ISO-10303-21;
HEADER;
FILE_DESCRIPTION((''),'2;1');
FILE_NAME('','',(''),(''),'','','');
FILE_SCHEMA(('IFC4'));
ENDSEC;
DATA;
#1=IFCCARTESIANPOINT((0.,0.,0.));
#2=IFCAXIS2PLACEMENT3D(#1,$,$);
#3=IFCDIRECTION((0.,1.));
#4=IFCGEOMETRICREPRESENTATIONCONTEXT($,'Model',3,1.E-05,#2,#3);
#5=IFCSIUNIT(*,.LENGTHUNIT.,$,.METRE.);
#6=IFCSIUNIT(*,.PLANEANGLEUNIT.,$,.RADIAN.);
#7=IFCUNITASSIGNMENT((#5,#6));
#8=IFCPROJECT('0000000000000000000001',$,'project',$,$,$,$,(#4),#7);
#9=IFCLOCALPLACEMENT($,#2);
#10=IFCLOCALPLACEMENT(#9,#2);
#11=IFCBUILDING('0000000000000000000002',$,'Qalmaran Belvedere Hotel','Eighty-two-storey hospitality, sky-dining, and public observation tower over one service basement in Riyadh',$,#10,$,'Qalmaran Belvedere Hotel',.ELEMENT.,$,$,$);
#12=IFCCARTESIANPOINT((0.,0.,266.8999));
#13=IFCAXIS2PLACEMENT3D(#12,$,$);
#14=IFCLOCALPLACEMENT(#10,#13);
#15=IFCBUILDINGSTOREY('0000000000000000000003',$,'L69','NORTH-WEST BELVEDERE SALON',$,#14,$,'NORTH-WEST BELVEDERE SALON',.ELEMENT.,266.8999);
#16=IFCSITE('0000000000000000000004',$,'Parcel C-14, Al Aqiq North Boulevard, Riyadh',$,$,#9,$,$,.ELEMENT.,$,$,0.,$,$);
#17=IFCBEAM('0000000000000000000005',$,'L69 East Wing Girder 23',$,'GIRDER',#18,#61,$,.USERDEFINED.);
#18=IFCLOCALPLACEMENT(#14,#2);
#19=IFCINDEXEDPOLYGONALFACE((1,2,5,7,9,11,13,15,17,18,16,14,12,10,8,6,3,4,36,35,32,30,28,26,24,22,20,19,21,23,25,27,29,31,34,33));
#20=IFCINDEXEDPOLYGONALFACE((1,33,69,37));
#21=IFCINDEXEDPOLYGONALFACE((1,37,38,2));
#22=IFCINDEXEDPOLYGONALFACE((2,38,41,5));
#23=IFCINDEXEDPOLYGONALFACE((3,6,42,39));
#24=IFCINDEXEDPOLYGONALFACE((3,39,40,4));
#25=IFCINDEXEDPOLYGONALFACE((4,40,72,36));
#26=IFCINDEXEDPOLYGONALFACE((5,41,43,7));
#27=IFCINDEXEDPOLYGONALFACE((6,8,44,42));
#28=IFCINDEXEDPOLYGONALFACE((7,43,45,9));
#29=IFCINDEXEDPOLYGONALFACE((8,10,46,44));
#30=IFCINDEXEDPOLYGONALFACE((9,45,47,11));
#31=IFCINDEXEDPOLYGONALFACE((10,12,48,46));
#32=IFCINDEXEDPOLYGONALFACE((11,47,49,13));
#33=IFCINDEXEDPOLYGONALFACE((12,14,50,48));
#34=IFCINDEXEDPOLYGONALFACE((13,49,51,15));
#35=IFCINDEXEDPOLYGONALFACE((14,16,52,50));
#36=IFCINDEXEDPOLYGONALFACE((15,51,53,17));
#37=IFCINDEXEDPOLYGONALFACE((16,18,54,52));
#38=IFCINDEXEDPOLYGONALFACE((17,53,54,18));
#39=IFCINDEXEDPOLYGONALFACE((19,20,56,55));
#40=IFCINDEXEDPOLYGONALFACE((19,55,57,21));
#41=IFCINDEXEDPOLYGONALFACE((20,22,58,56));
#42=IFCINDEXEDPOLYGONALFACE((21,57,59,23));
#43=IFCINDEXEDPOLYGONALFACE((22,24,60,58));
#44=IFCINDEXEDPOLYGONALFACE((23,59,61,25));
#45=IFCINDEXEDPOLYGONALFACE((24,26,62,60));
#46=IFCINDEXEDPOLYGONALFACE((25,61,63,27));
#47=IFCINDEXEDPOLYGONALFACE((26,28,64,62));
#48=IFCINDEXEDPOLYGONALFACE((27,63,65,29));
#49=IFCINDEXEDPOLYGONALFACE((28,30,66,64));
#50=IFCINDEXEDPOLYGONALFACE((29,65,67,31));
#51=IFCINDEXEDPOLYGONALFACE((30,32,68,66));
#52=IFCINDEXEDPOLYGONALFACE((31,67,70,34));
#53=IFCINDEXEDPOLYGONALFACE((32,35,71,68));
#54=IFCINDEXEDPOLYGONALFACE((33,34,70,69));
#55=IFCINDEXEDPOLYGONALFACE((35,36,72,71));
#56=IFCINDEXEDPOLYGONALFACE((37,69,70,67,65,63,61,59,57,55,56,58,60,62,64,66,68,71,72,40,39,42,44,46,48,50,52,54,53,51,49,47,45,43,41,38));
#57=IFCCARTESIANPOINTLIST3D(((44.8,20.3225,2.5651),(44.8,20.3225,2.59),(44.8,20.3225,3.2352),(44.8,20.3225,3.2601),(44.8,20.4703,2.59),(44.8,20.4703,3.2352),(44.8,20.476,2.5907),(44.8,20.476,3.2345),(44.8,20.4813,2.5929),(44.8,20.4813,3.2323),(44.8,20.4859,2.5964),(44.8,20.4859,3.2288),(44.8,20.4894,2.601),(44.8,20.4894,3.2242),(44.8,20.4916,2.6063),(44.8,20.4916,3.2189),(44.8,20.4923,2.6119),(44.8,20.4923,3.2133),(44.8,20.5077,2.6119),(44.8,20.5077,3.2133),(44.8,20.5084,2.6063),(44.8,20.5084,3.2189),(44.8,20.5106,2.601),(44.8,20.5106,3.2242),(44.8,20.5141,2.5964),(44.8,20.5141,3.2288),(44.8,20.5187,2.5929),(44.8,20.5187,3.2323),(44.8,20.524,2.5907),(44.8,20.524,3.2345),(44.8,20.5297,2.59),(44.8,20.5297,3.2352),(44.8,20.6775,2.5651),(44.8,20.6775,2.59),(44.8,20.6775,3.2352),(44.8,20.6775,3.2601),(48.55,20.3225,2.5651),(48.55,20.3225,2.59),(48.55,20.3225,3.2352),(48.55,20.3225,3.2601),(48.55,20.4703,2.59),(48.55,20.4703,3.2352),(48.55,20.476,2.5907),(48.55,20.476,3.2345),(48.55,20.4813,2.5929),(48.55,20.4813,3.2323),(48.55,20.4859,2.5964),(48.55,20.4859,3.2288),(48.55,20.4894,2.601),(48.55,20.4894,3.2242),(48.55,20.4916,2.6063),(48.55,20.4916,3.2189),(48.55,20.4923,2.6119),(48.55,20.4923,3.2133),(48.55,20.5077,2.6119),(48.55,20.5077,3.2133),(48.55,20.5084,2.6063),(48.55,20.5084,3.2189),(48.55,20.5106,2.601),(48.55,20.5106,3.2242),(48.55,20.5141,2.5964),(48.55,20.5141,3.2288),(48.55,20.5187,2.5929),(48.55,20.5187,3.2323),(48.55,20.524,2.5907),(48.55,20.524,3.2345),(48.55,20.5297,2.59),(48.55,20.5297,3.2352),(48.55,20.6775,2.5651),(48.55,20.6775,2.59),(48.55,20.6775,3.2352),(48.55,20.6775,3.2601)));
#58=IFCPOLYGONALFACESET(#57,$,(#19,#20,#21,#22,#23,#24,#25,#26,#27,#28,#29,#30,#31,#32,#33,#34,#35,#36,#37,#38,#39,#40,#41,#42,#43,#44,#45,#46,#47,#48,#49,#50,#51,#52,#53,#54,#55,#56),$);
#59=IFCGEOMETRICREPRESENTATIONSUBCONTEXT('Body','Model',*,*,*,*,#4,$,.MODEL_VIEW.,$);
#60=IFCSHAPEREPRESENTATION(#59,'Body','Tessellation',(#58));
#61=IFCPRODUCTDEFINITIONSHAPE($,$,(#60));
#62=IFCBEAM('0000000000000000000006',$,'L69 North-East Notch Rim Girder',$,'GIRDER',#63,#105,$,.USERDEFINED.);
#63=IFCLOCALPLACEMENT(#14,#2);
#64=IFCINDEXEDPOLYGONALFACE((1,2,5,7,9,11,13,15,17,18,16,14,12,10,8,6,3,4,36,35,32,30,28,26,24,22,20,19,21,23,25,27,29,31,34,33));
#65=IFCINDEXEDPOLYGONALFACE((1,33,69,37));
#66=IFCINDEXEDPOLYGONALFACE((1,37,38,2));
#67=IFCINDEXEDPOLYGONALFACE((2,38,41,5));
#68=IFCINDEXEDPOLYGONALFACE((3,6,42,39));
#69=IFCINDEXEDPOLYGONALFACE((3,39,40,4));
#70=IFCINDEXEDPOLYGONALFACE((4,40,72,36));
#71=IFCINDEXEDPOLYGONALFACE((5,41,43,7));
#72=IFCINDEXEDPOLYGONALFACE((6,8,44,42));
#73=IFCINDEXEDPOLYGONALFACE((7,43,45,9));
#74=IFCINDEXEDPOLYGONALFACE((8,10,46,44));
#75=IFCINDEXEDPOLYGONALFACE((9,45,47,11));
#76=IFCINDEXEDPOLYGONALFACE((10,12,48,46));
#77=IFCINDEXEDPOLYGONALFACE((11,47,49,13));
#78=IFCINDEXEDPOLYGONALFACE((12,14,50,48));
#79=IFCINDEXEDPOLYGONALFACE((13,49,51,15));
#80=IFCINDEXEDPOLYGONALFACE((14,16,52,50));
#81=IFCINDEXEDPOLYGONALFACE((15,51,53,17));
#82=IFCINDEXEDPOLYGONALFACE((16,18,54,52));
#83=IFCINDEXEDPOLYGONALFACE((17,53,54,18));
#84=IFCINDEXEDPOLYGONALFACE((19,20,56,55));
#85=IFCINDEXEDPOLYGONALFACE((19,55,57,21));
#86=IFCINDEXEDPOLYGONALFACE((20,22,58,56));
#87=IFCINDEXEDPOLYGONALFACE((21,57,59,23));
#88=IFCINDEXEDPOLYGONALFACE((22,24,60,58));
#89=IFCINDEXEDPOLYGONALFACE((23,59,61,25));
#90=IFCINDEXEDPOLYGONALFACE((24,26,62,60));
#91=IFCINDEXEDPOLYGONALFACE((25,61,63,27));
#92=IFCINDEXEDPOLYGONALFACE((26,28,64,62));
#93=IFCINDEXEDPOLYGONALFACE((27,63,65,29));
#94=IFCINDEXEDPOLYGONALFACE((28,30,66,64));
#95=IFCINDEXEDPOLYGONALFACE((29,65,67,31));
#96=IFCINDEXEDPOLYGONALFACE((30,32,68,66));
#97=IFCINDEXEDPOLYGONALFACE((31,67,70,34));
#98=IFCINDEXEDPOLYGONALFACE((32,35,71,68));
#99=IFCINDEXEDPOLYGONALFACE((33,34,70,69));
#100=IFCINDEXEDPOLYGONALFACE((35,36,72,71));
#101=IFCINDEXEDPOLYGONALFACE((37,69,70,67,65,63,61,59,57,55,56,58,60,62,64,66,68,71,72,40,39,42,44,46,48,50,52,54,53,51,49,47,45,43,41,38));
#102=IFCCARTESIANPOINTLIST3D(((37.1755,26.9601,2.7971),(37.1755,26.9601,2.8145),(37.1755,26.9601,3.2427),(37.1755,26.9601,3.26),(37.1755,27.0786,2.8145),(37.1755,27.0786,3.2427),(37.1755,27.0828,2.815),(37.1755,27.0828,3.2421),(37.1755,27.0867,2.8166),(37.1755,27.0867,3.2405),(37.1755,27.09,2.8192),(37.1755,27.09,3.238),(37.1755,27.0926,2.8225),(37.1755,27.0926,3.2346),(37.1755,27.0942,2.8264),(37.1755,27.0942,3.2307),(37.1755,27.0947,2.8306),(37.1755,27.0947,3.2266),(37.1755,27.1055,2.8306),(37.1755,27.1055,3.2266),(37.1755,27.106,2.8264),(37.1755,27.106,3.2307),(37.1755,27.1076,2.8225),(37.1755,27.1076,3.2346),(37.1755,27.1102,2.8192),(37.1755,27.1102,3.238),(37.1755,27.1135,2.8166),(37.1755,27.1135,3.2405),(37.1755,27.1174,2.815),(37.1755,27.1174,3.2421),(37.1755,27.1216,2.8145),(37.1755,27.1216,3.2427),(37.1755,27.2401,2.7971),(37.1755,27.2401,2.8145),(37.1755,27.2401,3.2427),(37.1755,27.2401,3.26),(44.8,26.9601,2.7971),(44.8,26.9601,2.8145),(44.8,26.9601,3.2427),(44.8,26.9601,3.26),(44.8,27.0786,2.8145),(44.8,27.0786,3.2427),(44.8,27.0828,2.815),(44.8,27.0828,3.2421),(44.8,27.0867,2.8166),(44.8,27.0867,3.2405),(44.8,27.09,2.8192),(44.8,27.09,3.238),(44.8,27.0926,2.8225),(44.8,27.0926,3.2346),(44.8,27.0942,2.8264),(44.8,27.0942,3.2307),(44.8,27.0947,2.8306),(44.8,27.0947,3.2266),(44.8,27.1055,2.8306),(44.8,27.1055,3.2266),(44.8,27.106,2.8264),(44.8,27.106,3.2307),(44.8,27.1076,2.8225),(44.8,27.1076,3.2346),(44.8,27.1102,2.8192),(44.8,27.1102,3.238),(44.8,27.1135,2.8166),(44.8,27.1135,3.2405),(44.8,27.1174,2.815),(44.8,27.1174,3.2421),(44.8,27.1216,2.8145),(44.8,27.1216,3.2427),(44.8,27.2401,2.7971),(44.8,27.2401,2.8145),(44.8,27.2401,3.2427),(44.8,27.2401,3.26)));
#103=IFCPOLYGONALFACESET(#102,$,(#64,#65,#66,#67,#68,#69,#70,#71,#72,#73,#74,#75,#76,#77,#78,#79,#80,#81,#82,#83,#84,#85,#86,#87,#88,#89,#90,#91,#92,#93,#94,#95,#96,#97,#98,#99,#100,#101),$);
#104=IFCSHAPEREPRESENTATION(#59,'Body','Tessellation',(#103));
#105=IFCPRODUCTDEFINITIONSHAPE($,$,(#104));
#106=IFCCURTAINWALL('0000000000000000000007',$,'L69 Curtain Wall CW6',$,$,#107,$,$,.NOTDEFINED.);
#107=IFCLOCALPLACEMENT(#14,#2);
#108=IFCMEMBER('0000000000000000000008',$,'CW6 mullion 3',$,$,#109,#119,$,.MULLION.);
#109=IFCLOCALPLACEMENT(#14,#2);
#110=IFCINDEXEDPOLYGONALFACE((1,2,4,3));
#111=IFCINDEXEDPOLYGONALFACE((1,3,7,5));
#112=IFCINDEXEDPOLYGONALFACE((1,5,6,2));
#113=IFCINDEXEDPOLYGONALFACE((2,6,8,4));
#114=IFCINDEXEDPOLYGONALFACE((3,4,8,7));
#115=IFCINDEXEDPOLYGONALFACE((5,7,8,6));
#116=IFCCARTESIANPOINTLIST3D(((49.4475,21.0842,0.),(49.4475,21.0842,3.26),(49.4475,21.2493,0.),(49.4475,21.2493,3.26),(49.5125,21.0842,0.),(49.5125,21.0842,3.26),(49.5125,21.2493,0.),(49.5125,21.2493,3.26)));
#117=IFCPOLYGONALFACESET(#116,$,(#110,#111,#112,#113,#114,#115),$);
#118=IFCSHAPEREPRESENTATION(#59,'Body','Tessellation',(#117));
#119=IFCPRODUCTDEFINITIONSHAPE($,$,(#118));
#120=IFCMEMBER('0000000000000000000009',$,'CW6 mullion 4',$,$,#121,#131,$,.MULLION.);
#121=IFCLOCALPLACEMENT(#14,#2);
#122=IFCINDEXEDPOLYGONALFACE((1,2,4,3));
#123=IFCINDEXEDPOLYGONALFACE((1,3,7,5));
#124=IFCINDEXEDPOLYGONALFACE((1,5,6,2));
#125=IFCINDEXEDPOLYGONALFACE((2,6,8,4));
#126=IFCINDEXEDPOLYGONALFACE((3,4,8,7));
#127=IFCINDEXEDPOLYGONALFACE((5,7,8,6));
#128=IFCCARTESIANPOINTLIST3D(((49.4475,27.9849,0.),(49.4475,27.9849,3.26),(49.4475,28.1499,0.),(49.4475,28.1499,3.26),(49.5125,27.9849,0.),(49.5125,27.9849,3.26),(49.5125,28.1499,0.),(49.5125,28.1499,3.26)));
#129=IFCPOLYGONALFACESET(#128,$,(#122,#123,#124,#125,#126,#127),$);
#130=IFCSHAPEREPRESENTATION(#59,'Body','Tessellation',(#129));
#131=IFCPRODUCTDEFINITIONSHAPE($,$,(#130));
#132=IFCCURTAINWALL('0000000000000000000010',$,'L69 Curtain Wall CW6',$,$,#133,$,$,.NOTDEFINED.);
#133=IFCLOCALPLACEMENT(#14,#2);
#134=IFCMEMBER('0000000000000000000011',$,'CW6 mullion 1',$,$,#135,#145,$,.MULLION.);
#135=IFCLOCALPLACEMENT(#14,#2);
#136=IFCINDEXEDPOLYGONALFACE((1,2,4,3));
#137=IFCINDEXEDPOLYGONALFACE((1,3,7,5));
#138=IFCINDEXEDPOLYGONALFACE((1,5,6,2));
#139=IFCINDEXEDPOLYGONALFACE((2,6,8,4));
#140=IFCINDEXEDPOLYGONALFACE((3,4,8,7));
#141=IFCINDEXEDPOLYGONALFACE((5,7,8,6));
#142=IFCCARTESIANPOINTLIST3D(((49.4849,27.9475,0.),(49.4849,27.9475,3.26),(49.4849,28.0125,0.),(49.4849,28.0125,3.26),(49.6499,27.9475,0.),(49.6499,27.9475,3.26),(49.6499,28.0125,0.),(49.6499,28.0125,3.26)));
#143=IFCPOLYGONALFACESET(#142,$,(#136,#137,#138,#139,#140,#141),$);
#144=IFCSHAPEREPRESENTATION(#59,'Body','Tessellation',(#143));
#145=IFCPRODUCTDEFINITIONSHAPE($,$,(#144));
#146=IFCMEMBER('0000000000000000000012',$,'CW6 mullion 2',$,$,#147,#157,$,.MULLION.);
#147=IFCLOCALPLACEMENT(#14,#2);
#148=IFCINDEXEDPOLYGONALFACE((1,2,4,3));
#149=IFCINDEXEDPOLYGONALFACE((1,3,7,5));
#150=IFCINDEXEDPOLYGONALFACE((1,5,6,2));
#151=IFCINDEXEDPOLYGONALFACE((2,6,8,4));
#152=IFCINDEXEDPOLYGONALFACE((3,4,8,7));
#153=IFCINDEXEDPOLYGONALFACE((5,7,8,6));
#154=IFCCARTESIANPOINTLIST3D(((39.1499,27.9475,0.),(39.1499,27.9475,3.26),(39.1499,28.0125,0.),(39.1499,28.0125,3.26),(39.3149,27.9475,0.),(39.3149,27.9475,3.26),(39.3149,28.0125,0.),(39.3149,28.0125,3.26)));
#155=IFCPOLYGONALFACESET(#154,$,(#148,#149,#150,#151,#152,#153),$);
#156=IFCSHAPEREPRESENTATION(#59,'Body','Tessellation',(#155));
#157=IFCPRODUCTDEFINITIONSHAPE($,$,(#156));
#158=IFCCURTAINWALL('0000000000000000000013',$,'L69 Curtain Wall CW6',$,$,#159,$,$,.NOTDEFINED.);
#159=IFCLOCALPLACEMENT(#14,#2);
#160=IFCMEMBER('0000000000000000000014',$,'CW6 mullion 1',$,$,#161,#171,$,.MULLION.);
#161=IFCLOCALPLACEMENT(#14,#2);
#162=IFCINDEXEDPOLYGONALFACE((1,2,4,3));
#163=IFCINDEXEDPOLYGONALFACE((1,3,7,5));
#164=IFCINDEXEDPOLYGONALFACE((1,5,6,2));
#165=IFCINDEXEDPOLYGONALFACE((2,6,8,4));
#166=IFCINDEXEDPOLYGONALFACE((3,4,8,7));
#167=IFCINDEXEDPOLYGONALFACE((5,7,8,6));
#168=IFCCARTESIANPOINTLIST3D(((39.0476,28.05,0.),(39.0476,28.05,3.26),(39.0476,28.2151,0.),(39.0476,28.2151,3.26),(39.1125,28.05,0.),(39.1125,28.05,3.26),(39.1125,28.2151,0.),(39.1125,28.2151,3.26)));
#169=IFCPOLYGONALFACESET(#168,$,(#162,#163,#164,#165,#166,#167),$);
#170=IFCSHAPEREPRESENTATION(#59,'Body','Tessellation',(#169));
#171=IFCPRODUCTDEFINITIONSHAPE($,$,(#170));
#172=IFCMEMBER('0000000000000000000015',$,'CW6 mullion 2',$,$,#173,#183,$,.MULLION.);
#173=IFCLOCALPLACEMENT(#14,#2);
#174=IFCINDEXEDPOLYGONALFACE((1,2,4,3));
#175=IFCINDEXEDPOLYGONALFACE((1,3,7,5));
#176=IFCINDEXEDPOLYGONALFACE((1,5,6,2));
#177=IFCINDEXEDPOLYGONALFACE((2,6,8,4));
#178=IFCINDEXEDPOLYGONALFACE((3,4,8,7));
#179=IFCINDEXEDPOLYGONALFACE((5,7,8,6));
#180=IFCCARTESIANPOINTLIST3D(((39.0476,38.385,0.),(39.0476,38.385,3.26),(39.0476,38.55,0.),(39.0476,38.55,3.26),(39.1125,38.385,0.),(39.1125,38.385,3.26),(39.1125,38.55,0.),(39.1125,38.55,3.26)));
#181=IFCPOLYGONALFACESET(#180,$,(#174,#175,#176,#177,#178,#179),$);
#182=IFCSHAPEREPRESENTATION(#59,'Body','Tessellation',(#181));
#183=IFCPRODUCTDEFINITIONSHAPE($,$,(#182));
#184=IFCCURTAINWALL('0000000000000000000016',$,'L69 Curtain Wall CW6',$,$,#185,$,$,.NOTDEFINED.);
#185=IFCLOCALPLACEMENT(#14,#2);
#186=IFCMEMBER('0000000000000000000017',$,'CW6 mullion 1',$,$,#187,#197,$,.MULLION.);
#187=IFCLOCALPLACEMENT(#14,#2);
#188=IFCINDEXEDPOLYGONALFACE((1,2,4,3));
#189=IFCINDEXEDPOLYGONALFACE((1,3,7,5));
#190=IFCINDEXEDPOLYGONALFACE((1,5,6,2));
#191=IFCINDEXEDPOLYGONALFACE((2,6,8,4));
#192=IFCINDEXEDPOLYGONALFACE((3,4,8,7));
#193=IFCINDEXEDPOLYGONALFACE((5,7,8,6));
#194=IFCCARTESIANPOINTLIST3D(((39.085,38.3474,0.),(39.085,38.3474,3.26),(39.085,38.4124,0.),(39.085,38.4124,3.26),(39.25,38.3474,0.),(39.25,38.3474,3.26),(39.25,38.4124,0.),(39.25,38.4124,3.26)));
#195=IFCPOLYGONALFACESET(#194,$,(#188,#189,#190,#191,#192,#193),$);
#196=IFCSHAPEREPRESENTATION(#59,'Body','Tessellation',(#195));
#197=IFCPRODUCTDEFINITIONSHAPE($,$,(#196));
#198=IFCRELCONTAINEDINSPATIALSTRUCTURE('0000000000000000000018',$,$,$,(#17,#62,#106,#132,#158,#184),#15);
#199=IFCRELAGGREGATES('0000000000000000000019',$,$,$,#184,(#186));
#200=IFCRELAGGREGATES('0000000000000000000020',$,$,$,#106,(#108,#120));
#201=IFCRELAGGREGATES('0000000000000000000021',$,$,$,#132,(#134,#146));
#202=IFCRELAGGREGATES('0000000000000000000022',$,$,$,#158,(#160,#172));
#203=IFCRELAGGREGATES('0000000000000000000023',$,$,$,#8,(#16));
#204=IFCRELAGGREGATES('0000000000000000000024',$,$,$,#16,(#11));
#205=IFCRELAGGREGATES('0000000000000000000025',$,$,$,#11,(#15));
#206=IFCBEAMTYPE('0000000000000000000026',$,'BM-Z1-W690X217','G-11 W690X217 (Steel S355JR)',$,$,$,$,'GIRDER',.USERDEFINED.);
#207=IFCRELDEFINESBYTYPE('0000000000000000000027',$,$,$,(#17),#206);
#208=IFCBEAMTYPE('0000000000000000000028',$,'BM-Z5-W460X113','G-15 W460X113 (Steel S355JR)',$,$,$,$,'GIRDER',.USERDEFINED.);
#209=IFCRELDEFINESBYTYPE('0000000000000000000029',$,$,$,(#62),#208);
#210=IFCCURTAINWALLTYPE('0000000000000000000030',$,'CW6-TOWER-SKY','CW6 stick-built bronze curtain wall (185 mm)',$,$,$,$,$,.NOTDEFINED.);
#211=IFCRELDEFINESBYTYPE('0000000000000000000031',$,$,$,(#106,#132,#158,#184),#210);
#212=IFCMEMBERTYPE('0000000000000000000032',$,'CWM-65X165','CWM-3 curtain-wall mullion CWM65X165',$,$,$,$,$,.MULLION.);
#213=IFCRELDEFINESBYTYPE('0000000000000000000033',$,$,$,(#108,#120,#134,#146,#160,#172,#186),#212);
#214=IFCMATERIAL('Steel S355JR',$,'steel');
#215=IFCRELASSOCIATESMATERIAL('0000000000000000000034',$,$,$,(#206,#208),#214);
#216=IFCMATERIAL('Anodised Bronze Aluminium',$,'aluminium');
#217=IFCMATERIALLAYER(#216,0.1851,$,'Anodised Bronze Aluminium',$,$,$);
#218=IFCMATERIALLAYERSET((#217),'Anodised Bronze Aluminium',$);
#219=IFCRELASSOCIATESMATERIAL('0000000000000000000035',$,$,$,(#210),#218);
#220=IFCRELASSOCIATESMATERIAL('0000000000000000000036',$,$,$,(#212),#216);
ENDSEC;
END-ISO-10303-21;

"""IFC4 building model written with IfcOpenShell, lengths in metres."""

from ifc_helpers import new_model, si_unit, direction, frame, origin, origin_2d, place, context, subcontext, project, spatial, rectangle, i_section, extrude, material, layer, layer_set, material_profile, profile_set, type_object, element, aggregate, save


model = new_model("IFC4")

# Units and contexts
model_context = context("Model", 3, precision=1e-05, world=origin(), true_north=direction((0.0, 1.0)))
body_context = subcontext(model_context, "Body", "Model", "MODEL_VIEW")
ifc_project = project(units=[si_unit("LENGTHUNIT", "METRE"), si_unit("PLANEANGLEUNIT", "RADIAN")], contexts=[model_context])

# Site, building, storey
site_placement = place(None, origin())
site = spatial("IfcSite", under=ifc_project, at=site_placement, Name="Parcel C-14, Al Aqiq North Boulevard, Riyadh", CompositionType="ELEMENT", RefElevation=0.0)
building_placement = place(site_placement, origin())
building = spatial("IfcBuilding", under=site, at=building_placement, Name="Qalmaran Belvedere Hotel", Description="Eighty-two-storey hospitality, sky-dining, and public observation tower over one service basement in Riyadh", LongName="Qalmaran Belvedere Hotel", CompositionType="ELEMENT")
storey_placement = place(building_placement, frame((0.0, 0.0, 266.8999)))
storey = spatial("IfcBuildingStorey", under=building, at=storey_placement, Name="L69", Description="NORTH-WEST BELVEDERE SALON", LongName="NORTH-WEST BELVEDERE SALON", CompositionType="ELEMENT", Elevation=266.8999)

# Beams
ifc_material_1 = material(Name="Steel S355JR", Category="steel")
ifc_material_profile_1 = material_profile(ifc_material_1, i_section(OverallWidth=0.355, OverallDepth=0.6951, WebThickness=0.0154, FlangeThickness=0.0249, FilletRadius=0.022, at=origin_2d()), Name="W690X217")
ifc_profile_set_1 = profile_set([ifc_material_profile_1], Name="Steel S355JR")
beam_type_1 = type_object("IfcBeamType", Name="BM-Z1-W690X217", Description="G-11 W690X217 (Steel S355JR)", ElementType="GIRDER", PredefinedType="USERDEFINED", material=ifc_profile_set_1)
beam_1_placement = place(storey_placement, frame((44.8, 20.5, 2.9126), z_axis=(1.0, 0.0, 0.0), x_axis=(0.0, 1.0, 0.0)))
element("IfcBeam", 1, at=beam_1_placement, inside=storey, type_object=beam_type_1, Name="L69 East Wing Girder 23", ObjectType="GIRDER", PredefinedType="USERDEFINED", context=body_context, shape_type="SweptSolid", body=[
    extrude(i_section(OverallWidth=0.355, OverallDepth=0.6951, WebThickness=0.0154, FlangeThickness=0.0249, FilletRadius=0.022, at=origin_2d()), origin(), (0.0, 0.0, 1.0), 3.75),
])
ifc_material_profile_2 = material_profile(ifc_material_1, i_section(OverallWidth=0.28, OverallDepth=0.4629, WebThickness=0.0107, FlangeThickness=0.0173, FilletRadius=0.0161, at=origin_2d()), Name="W460X113")
ifc_profile_set_2 = profile_set([ifc_material_profile_2], Name="Steel S355JR")
beam_type_2 = type_object("IfcBeamType", Name="BM-Z5-W460X113", Description="G-15 W460X113 (Steel S355JR)", ElementType="GIRDER", PredefinedType="USERDEFINED", material=ifc_profile_set_2)
beam_2_placement = place(storey_placement, frame((37.1755, 27.1001, 3.0286), z_axis=(1.0, 0.0, 0.0), x_axis=(0.0, 1.0, 0.0)))
element("IfcBeam", 2, at=beam_2_placement, inside=storey, type_object=beam_type_2, Name="L69 North-East Notch Rim Girder", ObjectType="GIRDER", PredefinedType="USERDEFINED", context=body_context, shape_type="SweptSolid", body=[
    extrude(i_section(OverallWidth=0.28, OverallDepth=0.4629, WebThickness=0.0107, FlangeThickness=0.0173, FilletRadius=0.0161, at=origin_2d()), origin(), (0.0, 0.0, 1.0), 7.6245),
])

# Curtain walls, members
ifc_material_2 = material(Name="Anodised Bronze Aluminium", Category="aluminium")
ifc_layer_1 = layer(ifc_material_2, 0.1851, Name="Anodised Bronze Aluminium")
ifc_layer_set_1 = layer_set([ifc_layer_1], Name="Anodised Bronze Aluminium")
curtain_wall_type = type_object("IfcCurtainWallType", Name="CW6-TOWER-SKY", Description="CW6 stick-built bronze curtain wall (185 mm)", PredefinedType="NOTDEFINED", material=ifc_layer_set_1)
curtain_wall_1_placement = place(storey_placement, origin())
curtain_wall_1 = element("IfcCurtainWall", 3, at=curtain_wall_1_placement, inside=storey, type_object=curtain_wall_type, Name="L69 Curtain Wall CW6", PredefinedType="NOTDEFINED")
ifc_material_profile_3 = material_profile(ifc_material_2, rectangle(XDim=0.0649, YDim=0.165, at=origin_2d()), Name="CWM65X165")
ifc_profile_set_3 = profile_set([ifc_material_profile_3], Name="Anodised Bronze Aluminium")
member_type_1 = type_object("IfcMemberType", Name="CWM-65X165", Description="CWM-3 curtain-wall mullion CWM65X165", PredefinedType="MULLION", material=ifc_profile_set_3)
member_1_placement = place(storey_placement, frame((49.48, 21.1667, 0.0), z_axis=(0.0, 0.0, 1.0), x_axis=(-1.0, 0.0, 0.0)))
member_1 = element("IfcMember", 4, at=member_1_placement, type_object=member_type_1, Name="CW6 mullion 3", PredefinedType="MULLION", context=body_context, shape_type="SweptSolid", body=[
    extrude(rectangle(XDim=0.0649, YDim=0.165, at=origin_2d()), origin(), (0.0, 0.0, 1.0), 3.26),
])
member_2_placement = place(storey_placement, frame((49.48, 28.0674, 0.0), z_axis=(0.0, 0.0, 1.0), x_axis=(-1.0, 0.0, 0.0)))
member_2 = element("IfcMember", 5, at=member_2_placement, type_object=member_type_1, Name="CW6 mullion 4", PredefinedType="MULLION", context=body_context, shape_type="SweptSolid", body=[
    extrude(rectangle(XDim=0.0649, YDim=0.165, at=origin_2d()), origin(), (0.0, 0.0, 1.0), 3.26),
])
curtain_wall_2_placement = place(storey_placement, origin())
curtain_wall_2 = element("IfcCurtainWall", 6, at=curtain_wall_2_placement, inside=storey, type_object=curtain_wall_type, Name="L69 Curtain Wall CW6", PredefinedType="NOTDEFINED")
member_3_placement = place(storey_placement, frame((49.5674, 27.98, 0.0), z_axis=(0.0, 0.0, 1.0), x_axis=(0.0, -1.0, 0.0)))
member_3 = element("IfcMember", 7, at=member_3_placement, type_object=member_type_1, Name="CW6 mullion 1", PredefinedType="MULLION", context=body_context, shape_type="SweptSolid", body=[
    extrude(rectangle(XDim=0.0649, YDim=0.165, at=origin_2d()), origin(), (0.0, 0.0, 1.0), 3.26),
])
member_4_placement = place(storey_placement, frame((39.2324, 27.98, 0.0), z_axis=(0.0, 0.0, 1.0), x_axis=(0.0, -1.0, 0.0)))
member_4 = element("IfcMember", 8, at=member_4_placement, type_object=member_type_1, Name="CW6 mullion 2", PredefinedType="MULLION", context=body_context, shape_type="SweptSolid", body=[
    extrude(rectangle(XDim=0.0649, YDim=0.165, at=origin_2d()), origin(), (0.0, 0.0, 1.0), 3.26),
])
curtain_wall_3_placement = place(storey_placement, origin())
curtain_wall_3 = element("IfcCurtainWall", 9, at=curtain_wall_3_placement, inside=storey, type_object=curtain_wall_type, Name="L69 Curtain Wall CW6", PredefinedType="NOTDEFINED")
member_5_placement = place(storey_placement, frame((39.0801, 28.1326, 0.0), z_axis=(0.0, 0.0, 1.0), x_axis=(-1.0, 0.0, 0.0)))
member_5 = element("IfcMember", 10, at=member_5_placement, type_object=member_type_1, Name="CW6 mullion 1", PredefinedType="MULLION", context=body_context, shape_type="SweptSolid", body=[
    extrude(rectangle(XDim=0.0649, YDim=0.165, at=origin_2d()), origin(), (0.0, 0.0, 1.0), 3.26),
])
member_6_placement = place(storey_placement, frame((39.0801, 38.4675, 0.0), z_axis=(0.0, 0.0, 1.0), x_axis=(-1.0, 0.0, 0.0)))
member_6 = element("IfcMember", 11, at=member_6_placement, type_object=member_type_1, Name="CW6 mullion 2", PredefinedType="MULLION", context=body_context, shape_type="SweptSolid", body=[
    extrude(rectangle(XDim=0.0649, YDim=0.165, at=origin_2d()), origin(), (0.0, 0.0, 1.0), 3.26),
])

# Curtain wall, member
curtain_wall_4_placement = place(storey_placement, origin())
curtain_wall_4 = element("IfcCurtainWall", 12, at=curtain_wall_4_placement, inside=storey, type_object=curtain_wall_type, Name="L69 Curtain Wall CW6", PredefinedType="NOTDEFINED")
member_7_placement = place(storey_placement, frame((39.1675, 38.3799, 0.0), z_axis=(0.0, 0.0, 1.0), x_axis=(0.0, -1.0, 0.0)))
member_7 = element("IfcMember", 13, at=member_7_placement, type_object=member_type_1, Name="CW6 mullion 1", PredefinedType="MULLION", context=body_context, shape_type="SweptSolid", body=[
    extrude(rectangle(XDim=0.0649, YDim=0.165, at=origin_2d()), origin(), (0.0, 0.0, 1.0), 3.26),
])

aggregate(curtain_wall_4, [member_7])

aggregate(curtain_wall_1, [member_1, member_2])
aggregate(curtain_wall_2, [member_3, member_4])
aggregate(curtain_wall_3, [member_5, member_6])

save(model, "model.ifc")
